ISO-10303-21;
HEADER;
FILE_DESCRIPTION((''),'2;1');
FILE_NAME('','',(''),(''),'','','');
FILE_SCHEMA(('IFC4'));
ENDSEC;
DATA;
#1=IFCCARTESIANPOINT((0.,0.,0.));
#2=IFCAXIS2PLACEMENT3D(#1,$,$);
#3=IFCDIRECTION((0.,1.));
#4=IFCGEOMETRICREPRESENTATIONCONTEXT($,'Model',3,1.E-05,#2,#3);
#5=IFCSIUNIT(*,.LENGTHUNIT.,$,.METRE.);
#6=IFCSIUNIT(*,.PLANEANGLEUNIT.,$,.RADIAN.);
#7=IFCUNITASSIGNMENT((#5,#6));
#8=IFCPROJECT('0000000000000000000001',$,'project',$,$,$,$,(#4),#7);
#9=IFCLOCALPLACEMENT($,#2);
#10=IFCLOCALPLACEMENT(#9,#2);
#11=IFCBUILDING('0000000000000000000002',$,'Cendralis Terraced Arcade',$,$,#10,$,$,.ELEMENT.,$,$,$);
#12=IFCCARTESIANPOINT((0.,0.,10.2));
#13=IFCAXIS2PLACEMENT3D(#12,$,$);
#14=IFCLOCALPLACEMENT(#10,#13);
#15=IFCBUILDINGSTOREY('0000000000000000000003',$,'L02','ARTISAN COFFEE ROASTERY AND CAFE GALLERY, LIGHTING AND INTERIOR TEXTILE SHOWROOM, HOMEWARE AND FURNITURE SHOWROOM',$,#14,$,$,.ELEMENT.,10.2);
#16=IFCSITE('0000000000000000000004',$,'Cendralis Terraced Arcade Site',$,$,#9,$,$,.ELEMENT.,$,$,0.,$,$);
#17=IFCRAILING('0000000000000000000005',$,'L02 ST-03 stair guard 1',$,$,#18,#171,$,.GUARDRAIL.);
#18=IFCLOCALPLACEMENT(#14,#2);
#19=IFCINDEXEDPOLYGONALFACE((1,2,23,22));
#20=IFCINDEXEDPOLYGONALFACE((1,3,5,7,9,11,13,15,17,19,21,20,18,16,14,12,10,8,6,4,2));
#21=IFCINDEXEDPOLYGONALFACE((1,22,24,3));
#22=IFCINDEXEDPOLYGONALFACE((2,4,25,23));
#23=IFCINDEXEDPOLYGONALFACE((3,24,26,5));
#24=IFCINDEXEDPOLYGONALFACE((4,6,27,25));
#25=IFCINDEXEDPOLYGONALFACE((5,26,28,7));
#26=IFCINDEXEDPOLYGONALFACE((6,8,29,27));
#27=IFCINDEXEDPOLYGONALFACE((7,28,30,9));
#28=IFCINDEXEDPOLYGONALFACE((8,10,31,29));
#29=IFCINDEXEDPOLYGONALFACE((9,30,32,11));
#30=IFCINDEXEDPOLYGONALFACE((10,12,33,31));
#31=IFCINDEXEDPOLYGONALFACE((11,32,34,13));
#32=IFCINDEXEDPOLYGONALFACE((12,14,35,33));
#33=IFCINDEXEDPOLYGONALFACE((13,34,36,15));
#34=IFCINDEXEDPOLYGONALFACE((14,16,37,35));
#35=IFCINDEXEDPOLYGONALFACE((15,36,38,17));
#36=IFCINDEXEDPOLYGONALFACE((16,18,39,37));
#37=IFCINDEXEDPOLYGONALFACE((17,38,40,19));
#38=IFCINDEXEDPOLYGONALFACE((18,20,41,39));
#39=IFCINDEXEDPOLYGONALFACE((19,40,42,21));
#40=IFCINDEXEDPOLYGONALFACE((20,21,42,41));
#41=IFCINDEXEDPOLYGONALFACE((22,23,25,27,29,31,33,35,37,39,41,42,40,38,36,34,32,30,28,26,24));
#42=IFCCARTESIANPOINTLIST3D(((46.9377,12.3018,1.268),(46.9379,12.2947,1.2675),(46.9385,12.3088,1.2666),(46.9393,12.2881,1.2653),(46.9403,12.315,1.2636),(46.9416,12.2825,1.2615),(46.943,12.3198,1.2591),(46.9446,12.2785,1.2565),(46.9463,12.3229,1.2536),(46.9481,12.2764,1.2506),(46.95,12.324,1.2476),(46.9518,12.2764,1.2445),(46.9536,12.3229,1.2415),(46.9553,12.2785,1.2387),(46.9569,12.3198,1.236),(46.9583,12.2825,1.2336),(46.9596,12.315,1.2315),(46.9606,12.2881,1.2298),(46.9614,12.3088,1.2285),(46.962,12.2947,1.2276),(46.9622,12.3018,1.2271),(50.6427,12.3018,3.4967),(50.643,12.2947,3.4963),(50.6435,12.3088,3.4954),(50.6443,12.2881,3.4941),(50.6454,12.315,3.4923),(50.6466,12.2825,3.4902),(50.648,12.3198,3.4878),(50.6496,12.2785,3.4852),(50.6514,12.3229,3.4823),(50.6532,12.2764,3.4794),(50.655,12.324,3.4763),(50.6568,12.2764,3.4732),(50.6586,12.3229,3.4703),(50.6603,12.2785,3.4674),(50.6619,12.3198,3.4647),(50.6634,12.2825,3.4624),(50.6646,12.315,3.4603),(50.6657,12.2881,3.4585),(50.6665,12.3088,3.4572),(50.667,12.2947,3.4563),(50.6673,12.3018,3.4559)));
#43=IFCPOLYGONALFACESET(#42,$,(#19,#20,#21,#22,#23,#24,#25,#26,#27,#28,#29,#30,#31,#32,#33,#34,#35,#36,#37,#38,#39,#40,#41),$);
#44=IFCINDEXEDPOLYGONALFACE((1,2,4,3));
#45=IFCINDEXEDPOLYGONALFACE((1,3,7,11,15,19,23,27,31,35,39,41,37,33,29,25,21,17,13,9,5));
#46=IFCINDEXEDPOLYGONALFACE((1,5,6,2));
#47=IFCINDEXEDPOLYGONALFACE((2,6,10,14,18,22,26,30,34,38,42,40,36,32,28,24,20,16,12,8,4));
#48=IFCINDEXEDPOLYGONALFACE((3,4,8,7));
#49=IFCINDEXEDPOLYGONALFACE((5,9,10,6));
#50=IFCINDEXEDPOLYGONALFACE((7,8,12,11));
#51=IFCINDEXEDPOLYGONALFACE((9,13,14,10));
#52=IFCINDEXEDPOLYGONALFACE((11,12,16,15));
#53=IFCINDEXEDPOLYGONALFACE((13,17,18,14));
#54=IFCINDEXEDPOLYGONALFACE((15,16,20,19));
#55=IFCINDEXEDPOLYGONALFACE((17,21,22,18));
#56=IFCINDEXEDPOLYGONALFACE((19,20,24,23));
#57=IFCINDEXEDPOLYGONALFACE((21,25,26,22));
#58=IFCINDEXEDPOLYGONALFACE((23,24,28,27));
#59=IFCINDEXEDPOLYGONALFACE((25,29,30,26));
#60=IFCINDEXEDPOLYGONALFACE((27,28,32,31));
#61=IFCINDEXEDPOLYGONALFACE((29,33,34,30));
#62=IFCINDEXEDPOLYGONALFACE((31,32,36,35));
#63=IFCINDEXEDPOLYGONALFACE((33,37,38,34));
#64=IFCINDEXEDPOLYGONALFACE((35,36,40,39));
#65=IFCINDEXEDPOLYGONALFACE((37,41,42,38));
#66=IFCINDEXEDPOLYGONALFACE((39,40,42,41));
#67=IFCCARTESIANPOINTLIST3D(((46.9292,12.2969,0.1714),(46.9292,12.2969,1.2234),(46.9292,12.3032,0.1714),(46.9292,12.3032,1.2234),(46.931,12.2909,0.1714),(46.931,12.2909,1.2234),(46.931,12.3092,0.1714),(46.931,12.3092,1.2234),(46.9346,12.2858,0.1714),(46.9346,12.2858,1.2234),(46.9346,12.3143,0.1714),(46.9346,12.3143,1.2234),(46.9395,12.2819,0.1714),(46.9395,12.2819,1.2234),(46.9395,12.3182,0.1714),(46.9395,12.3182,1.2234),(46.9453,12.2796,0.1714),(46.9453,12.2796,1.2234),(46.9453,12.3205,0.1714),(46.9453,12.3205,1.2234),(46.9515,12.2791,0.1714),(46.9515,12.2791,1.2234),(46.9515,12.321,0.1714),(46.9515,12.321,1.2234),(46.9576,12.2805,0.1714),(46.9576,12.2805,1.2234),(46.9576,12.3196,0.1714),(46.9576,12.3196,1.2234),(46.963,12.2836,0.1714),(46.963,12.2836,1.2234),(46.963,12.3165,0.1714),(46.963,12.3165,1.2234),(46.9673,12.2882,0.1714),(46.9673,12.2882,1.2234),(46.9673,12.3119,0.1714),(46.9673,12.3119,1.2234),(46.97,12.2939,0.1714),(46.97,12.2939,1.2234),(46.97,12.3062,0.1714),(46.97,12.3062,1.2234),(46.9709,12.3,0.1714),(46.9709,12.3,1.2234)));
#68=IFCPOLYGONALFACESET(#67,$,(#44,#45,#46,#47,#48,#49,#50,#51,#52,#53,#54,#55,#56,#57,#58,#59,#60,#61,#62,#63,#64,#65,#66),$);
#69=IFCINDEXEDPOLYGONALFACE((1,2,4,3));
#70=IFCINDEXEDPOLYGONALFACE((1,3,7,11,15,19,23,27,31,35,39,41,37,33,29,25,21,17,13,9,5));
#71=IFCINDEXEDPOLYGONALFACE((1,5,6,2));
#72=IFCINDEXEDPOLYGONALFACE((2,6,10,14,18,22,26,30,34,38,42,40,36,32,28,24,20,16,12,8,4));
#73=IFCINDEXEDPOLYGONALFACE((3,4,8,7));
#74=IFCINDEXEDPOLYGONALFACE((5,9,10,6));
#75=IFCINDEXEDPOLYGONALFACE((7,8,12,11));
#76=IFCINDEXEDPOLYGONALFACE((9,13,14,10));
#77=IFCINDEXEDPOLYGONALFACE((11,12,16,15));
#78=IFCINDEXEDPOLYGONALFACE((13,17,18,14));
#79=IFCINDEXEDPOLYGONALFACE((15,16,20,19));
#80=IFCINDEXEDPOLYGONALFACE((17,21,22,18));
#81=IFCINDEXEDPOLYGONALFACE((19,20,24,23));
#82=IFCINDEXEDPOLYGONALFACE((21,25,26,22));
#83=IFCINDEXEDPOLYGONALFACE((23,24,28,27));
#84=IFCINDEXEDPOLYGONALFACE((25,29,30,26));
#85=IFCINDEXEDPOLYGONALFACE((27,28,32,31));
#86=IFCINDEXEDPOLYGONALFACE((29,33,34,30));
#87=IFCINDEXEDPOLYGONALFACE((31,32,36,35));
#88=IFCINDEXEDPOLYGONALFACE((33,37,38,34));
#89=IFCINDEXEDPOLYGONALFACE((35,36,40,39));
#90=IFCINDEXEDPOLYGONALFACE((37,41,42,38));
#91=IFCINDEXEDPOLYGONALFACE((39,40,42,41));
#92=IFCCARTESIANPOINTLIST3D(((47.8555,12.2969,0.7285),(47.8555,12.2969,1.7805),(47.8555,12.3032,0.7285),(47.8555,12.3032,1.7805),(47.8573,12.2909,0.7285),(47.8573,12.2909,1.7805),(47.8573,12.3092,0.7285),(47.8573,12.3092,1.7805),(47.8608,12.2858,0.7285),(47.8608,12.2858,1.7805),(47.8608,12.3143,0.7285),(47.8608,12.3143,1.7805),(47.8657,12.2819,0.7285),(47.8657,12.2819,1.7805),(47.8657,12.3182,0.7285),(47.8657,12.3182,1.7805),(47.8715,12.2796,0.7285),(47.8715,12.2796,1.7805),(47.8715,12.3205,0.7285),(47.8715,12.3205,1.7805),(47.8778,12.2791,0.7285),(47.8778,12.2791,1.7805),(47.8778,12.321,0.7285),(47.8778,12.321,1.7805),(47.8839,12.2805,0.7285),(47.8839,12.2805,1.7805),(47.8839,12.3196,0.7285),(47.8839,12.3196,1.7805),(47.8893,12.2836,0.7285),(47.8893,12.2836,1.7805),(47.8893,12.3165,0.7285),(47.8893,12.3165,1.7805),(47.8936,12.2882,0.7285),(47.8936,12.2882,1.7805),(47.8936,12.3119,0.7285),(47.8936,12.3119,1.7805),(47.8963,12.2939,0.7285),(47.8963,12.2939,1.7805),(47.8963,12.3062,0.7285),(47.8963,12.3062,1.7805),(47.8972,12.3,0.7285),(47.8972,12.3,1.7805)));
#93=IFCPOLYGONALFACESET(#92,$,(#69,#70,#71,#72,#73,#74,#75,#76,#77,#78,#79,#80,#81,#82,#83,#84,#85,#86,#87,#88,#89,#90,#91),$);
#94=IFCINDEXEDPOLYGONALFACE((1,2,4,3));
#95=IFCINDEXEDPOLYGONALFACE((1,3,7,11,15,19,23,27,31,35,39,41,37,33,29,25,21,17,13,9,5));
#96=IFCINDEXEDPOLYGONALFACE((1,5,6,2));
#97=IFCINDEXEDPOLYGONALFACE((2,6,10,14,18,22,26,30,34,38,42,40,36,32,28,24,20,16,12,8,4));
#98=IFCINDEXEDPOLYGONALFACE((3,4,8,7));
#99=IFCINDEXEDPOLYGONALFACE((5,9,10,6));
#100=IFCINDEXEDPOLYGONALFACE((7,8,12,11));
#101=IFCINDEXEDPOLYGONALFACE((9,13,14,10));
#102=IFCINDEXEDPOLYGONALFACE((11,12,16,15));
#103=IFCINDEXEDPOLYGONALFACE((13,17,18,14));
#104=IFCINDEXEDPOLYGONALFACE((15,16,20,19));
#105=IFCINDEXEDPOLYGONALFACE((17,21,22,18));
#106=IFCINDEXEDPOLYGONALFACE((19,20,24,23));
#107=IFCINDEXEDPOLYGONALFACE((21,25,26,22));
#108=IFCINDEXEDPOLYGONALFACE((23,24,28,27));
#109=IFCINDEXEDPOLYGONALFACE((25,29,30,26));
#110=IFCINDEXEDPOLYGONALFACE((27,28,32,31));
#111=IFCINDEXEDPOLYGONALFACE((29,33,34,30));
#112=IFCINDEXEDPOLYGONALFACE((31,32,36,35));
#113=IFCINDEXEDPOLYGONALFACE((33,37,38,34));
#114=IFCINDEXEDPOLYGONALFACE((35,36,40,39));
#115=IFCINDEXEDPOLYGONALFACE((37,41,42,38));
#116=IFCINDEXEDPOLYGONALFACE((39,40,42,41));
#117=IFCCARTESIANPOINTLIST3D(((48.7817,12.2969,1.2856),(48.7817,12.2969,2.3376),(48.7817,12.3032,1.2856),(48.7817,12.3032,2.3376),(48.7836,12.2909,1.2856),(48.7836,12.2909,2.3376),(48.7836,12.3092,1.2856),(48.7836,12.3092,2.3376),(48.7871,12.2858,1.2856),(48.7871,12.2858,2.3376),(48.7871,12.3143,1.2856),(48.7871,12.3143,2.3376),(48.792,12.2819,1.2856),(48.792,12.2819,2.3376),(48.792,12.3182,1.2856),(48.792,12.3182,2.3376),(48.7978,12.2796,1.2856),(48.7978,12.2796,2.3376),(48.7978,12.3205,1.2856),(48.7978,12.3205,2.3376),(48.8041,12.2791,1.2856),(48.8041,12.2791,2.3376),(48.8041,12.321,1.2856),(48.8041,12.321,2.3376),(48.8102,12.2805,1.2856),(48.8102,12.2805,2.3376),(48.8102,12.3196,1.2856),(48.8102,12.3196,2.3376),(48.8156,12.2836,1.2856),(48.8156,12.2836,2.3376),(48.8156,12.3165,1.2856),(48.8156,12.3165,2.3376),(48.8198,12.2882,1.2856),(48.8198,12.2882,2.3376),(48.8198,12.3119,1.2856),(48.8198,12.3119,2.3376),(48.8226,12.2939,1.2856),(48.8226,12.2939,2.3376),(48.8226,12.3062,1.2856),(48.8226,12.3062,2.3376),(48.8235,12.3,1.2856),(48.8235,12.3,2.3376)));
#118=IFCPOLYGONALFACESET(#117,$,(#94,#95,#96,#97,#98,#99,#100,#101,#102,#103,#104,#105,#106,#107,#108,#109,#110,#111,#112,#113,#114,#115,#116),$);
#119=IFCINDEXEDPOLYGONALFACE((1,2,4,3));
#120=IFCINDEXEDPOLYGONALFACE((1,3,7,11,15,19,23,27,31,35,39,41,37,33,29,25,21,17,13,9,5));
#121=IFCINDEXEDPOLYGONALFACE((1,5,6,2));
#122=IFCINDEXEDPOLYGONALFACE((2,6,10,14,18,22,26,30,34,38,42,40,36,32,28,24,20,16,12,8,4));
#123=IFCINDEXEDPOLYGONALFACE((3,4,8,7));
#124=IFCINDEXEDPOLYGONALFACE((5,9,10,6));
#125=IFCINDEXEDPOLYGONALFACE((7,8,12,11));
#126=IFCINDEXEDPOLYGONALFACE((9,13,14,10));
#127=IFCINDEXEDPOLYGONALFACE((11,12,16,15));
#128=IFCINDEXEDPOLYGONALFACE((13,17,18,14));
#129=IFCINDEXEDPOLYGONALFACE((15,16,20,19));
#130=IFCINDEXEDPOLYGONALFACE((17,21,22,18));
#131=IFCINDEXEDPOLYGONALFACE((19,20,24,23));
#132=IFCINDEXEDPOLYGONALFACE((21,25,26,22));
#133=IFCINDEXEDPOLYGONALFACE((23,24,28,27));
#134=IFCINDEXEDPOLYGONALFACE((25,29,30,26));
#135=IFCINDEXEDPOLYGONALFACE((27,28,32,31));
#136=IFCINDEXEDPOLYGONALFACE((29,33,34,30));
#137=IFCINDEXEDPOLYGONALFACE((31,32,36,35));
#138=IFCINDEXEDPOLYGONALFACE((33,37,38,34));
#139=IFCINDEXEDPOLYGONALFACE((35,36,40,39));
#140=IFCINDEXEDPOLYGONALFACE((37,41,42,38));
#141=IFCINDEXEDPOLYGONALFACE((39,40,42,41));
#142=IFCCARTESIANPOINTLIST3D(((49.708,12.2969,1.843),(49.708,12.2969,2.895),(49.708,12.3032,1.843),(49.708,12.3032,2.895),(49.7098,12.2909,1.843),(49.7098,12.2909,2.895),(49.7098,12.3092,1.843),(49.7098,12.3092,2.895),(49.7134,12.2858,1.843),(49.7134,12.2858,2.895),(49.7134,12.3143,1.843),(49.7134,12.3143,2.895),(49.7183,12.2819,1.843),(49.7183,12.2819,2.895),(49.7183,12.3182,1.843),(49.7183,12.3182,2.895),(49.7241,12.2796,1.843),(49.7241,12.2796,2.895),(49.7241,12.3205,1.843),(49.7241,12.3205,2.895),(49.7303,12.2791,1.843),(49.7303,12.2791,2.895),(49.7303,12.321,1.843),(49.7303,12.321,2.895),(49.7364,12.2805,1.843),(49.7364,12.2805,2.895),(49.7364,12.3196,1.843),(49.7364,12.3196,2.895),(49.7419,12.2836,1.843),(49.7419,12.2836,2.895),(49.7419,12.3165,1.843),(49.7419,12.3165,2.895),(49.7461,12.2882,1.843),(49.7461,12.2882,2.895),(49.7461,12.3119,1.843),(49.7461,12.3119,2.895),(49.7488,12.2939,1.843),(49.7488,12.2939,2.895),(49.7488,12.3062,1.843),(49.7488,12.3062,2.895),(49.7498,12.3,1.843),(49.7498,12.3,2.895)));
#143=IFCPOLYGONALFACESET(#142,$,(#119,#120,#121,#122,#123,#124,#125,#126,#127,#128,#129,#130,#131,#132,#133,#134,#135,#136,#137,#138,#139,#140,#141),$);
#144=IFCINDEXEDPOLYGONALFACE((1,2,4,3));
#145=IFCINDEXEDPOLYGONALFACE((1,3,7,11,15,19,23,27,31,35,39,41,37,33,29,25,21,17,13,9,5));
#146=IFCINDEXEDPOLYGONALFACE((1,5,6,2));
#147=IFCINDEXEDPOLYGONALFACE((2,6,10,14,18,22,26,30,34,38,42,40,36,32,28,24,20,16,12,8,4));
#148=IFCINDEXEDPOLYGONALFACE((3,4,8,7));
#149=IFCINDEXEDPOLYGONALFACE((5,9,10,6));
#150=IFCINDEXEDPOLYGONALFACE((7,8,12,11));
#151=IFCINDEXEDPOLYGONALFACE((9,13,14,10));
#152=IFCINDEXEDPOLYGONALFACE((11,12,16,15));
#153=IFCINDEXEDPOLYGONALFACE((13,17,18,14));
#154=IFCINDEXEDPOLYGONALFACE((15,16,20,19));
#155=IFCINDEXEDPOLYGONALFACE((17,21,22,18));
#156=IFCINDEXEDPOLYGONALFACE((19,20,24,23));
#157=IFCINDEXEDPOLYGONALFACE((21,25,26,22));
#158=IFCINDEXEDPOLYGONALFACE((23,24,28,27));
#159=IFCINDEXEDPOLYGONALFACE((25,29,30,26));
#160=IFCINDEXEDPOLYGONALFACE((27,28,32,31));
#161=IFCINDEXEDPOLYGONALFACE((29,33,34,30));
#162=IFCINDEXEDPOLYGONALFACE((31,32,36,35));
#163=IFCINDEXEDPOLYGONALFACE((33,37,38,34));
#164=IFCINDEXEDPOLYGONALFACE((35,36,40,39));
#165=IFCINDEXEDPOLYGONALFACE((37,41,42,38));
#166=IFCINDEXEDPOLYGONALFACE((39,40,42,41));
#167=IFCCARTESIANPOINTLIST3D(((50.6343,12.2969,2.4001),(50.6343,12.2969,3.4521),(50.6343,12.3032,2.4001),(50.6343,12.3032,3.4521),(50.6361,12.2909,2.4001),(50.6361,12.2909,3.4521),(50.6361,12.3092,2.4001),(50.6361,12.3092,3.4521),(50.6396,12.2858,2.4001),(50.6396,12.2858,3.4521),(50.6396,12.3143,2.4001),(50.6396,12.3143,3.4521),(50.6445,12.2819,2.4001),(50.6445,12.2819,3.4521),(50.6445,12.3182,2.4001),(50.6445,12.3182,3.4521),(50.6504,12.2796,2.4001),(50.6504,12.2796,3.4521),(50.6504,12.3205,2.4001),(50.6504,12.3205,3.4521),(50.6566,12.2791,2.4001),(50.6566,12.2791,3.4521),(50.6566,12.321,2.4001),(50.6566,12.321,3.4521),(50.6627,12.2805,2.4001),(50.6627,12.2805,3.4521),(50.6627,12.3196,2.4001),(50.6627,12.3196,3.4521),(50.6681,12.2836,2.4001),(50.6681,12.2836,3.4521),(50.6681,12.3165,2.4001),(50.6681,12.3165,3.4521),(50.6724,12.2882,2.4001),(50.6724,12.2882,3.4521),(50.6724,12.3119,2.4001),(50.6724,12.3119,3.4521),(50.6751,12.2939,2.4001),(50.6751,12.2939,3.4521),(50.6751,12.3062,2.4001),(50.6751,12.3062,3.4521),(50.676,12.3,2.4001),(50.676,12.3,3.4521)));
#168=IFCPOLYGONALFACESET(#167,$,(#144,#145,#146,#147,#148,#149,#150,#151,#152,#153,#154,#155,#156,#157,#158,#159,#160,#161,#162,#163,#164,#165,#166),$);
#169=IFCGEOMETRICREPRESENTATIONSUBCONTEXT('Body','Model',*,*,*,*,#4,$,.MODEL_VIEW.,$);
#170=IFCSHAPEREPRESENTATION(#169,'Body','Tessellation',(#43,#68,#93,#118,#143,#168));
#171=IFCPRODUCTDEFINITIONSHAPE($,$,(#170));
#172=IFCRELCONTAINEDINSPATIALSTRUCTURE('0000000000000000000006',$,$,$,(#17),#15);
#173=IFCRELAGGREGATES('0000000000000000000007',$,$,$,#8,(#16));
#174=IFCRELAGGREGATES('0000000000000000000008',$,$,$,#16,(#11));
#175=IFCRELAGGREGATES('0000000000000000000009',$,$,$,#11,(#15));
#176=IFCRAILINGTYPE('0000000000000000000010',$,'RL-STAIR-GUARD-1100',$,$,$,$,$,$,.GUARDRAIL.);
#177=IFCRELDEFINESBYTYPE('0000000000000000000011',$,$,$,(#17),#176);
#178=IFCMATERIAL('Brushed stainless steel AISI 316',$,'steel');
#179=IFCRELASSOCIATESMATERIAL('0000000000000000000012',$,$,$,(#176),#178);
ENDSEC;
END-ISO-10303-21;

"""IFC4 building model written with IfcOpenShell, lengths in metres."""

from ifc_helpers import new_model, si_unit, direction, frame, origin, origin_2d, place, context, subcontext, project, spatial, circle, extrude, material, type_object, element, save


model = new_model("IFC4")

# Units and contexts
model_context = context("Model", 3, precision=1e-05, world=origin(), true_north=direction((0.0, 1.0)))
body_context = subcontext(model_context, "Body", "Model", "MODEL_VIEW")
ifc_project = project(units=[si_unit("LENGTHUNIT", "METRE"), si_unit("PLANEANGLEUNIT", "RADIAN")], contexts=[model_context])

# Site, building, storey
site_placement = place(None, origin())
site = spatial("IfcSite", under=ifc_project, at=site_placement, Name="Cendralis Terraced Arcade Site", CompositionType="ELEMENT", RefElevation=0.0)
building_placement = place(site_placement, origin())
building = spatial("IfcBuilding", under=site, at=building_placement, Name="Cendralis Terraced Arcade", CompositionType="ELEMENT")
storey_placement = place(building_placement, frame((0.0, 0.0, 10.2)))
storey = spatial("IfcBuildingStorey", under=building, at=storey_placement, Name="L02", Description="ARTISAN COFFEE ROASTERY AND CAFE GALLERY, LIGHTING AND INTERIOR TEXTILE SHOWROOM, HOMEWARE AND FURNITURE SHOWROOM", CompositionType="ELEMENT", Elevation=10.2)

# Railing
ifc_material_1 = material(Name="Brushed stainless steel AISI 316", Category="steel")
railing_type_1 = type_object("IfcRailingType", Name="RL-STAIR-GUARD-1100", PredefinedType="GUARDRAIL", material=ifc_material_1)
railing_1_placement = place(storey_placement, frame((46.95, 12.3, 0.1714)))
element("IfcRailing", 1, at=railing_1_placement, inside=storey, type_object=railing_type_1, Name="L02 ST-03 stair guard 1", PredefinedType="GUARDRAIL", context=body_context, shape_type="SweptSolid", body=[
    extrude(circle(Radius=0.0239, at=origin_2d()), frame((0.0, 0.0, 1.0762), z_axis=(0.856909, 0.0, 0.515467), x_axis=(0.0, 1.0, 0.0)), (0.0, 0.0, 1.0), 4.3237),
    extrude(circle(Radius=0.021, at=origin_2d()), origin(), (0.0, 0.0, 1.0), 1.052),
    extrude(circle(Radius=0.021, at=origin_2d()), frame((0.9263, 0.0, 0.5571)), (0.0, 0.0, 1.0), 1.052),
    extrude(circle(Radius=0.021, at=origin_2d()), frame((1.8525, 0.0, 1.1143)), (0.0, 0.0, 1.0), 1.052),
    extrude(circle(Radius=0.021, at=origin_2d()), frame((2.7788, 0.0, 1.6716)), (0.0, 0.0, 1.0), 1.052),
    extrude(circle(Radius=0.021, at=origin_2d()), frame((3.7051, 0.0, 2.2288)), (0.0, 0.0, 1.0), 1.052),
])

save(model, "model.ifc")
